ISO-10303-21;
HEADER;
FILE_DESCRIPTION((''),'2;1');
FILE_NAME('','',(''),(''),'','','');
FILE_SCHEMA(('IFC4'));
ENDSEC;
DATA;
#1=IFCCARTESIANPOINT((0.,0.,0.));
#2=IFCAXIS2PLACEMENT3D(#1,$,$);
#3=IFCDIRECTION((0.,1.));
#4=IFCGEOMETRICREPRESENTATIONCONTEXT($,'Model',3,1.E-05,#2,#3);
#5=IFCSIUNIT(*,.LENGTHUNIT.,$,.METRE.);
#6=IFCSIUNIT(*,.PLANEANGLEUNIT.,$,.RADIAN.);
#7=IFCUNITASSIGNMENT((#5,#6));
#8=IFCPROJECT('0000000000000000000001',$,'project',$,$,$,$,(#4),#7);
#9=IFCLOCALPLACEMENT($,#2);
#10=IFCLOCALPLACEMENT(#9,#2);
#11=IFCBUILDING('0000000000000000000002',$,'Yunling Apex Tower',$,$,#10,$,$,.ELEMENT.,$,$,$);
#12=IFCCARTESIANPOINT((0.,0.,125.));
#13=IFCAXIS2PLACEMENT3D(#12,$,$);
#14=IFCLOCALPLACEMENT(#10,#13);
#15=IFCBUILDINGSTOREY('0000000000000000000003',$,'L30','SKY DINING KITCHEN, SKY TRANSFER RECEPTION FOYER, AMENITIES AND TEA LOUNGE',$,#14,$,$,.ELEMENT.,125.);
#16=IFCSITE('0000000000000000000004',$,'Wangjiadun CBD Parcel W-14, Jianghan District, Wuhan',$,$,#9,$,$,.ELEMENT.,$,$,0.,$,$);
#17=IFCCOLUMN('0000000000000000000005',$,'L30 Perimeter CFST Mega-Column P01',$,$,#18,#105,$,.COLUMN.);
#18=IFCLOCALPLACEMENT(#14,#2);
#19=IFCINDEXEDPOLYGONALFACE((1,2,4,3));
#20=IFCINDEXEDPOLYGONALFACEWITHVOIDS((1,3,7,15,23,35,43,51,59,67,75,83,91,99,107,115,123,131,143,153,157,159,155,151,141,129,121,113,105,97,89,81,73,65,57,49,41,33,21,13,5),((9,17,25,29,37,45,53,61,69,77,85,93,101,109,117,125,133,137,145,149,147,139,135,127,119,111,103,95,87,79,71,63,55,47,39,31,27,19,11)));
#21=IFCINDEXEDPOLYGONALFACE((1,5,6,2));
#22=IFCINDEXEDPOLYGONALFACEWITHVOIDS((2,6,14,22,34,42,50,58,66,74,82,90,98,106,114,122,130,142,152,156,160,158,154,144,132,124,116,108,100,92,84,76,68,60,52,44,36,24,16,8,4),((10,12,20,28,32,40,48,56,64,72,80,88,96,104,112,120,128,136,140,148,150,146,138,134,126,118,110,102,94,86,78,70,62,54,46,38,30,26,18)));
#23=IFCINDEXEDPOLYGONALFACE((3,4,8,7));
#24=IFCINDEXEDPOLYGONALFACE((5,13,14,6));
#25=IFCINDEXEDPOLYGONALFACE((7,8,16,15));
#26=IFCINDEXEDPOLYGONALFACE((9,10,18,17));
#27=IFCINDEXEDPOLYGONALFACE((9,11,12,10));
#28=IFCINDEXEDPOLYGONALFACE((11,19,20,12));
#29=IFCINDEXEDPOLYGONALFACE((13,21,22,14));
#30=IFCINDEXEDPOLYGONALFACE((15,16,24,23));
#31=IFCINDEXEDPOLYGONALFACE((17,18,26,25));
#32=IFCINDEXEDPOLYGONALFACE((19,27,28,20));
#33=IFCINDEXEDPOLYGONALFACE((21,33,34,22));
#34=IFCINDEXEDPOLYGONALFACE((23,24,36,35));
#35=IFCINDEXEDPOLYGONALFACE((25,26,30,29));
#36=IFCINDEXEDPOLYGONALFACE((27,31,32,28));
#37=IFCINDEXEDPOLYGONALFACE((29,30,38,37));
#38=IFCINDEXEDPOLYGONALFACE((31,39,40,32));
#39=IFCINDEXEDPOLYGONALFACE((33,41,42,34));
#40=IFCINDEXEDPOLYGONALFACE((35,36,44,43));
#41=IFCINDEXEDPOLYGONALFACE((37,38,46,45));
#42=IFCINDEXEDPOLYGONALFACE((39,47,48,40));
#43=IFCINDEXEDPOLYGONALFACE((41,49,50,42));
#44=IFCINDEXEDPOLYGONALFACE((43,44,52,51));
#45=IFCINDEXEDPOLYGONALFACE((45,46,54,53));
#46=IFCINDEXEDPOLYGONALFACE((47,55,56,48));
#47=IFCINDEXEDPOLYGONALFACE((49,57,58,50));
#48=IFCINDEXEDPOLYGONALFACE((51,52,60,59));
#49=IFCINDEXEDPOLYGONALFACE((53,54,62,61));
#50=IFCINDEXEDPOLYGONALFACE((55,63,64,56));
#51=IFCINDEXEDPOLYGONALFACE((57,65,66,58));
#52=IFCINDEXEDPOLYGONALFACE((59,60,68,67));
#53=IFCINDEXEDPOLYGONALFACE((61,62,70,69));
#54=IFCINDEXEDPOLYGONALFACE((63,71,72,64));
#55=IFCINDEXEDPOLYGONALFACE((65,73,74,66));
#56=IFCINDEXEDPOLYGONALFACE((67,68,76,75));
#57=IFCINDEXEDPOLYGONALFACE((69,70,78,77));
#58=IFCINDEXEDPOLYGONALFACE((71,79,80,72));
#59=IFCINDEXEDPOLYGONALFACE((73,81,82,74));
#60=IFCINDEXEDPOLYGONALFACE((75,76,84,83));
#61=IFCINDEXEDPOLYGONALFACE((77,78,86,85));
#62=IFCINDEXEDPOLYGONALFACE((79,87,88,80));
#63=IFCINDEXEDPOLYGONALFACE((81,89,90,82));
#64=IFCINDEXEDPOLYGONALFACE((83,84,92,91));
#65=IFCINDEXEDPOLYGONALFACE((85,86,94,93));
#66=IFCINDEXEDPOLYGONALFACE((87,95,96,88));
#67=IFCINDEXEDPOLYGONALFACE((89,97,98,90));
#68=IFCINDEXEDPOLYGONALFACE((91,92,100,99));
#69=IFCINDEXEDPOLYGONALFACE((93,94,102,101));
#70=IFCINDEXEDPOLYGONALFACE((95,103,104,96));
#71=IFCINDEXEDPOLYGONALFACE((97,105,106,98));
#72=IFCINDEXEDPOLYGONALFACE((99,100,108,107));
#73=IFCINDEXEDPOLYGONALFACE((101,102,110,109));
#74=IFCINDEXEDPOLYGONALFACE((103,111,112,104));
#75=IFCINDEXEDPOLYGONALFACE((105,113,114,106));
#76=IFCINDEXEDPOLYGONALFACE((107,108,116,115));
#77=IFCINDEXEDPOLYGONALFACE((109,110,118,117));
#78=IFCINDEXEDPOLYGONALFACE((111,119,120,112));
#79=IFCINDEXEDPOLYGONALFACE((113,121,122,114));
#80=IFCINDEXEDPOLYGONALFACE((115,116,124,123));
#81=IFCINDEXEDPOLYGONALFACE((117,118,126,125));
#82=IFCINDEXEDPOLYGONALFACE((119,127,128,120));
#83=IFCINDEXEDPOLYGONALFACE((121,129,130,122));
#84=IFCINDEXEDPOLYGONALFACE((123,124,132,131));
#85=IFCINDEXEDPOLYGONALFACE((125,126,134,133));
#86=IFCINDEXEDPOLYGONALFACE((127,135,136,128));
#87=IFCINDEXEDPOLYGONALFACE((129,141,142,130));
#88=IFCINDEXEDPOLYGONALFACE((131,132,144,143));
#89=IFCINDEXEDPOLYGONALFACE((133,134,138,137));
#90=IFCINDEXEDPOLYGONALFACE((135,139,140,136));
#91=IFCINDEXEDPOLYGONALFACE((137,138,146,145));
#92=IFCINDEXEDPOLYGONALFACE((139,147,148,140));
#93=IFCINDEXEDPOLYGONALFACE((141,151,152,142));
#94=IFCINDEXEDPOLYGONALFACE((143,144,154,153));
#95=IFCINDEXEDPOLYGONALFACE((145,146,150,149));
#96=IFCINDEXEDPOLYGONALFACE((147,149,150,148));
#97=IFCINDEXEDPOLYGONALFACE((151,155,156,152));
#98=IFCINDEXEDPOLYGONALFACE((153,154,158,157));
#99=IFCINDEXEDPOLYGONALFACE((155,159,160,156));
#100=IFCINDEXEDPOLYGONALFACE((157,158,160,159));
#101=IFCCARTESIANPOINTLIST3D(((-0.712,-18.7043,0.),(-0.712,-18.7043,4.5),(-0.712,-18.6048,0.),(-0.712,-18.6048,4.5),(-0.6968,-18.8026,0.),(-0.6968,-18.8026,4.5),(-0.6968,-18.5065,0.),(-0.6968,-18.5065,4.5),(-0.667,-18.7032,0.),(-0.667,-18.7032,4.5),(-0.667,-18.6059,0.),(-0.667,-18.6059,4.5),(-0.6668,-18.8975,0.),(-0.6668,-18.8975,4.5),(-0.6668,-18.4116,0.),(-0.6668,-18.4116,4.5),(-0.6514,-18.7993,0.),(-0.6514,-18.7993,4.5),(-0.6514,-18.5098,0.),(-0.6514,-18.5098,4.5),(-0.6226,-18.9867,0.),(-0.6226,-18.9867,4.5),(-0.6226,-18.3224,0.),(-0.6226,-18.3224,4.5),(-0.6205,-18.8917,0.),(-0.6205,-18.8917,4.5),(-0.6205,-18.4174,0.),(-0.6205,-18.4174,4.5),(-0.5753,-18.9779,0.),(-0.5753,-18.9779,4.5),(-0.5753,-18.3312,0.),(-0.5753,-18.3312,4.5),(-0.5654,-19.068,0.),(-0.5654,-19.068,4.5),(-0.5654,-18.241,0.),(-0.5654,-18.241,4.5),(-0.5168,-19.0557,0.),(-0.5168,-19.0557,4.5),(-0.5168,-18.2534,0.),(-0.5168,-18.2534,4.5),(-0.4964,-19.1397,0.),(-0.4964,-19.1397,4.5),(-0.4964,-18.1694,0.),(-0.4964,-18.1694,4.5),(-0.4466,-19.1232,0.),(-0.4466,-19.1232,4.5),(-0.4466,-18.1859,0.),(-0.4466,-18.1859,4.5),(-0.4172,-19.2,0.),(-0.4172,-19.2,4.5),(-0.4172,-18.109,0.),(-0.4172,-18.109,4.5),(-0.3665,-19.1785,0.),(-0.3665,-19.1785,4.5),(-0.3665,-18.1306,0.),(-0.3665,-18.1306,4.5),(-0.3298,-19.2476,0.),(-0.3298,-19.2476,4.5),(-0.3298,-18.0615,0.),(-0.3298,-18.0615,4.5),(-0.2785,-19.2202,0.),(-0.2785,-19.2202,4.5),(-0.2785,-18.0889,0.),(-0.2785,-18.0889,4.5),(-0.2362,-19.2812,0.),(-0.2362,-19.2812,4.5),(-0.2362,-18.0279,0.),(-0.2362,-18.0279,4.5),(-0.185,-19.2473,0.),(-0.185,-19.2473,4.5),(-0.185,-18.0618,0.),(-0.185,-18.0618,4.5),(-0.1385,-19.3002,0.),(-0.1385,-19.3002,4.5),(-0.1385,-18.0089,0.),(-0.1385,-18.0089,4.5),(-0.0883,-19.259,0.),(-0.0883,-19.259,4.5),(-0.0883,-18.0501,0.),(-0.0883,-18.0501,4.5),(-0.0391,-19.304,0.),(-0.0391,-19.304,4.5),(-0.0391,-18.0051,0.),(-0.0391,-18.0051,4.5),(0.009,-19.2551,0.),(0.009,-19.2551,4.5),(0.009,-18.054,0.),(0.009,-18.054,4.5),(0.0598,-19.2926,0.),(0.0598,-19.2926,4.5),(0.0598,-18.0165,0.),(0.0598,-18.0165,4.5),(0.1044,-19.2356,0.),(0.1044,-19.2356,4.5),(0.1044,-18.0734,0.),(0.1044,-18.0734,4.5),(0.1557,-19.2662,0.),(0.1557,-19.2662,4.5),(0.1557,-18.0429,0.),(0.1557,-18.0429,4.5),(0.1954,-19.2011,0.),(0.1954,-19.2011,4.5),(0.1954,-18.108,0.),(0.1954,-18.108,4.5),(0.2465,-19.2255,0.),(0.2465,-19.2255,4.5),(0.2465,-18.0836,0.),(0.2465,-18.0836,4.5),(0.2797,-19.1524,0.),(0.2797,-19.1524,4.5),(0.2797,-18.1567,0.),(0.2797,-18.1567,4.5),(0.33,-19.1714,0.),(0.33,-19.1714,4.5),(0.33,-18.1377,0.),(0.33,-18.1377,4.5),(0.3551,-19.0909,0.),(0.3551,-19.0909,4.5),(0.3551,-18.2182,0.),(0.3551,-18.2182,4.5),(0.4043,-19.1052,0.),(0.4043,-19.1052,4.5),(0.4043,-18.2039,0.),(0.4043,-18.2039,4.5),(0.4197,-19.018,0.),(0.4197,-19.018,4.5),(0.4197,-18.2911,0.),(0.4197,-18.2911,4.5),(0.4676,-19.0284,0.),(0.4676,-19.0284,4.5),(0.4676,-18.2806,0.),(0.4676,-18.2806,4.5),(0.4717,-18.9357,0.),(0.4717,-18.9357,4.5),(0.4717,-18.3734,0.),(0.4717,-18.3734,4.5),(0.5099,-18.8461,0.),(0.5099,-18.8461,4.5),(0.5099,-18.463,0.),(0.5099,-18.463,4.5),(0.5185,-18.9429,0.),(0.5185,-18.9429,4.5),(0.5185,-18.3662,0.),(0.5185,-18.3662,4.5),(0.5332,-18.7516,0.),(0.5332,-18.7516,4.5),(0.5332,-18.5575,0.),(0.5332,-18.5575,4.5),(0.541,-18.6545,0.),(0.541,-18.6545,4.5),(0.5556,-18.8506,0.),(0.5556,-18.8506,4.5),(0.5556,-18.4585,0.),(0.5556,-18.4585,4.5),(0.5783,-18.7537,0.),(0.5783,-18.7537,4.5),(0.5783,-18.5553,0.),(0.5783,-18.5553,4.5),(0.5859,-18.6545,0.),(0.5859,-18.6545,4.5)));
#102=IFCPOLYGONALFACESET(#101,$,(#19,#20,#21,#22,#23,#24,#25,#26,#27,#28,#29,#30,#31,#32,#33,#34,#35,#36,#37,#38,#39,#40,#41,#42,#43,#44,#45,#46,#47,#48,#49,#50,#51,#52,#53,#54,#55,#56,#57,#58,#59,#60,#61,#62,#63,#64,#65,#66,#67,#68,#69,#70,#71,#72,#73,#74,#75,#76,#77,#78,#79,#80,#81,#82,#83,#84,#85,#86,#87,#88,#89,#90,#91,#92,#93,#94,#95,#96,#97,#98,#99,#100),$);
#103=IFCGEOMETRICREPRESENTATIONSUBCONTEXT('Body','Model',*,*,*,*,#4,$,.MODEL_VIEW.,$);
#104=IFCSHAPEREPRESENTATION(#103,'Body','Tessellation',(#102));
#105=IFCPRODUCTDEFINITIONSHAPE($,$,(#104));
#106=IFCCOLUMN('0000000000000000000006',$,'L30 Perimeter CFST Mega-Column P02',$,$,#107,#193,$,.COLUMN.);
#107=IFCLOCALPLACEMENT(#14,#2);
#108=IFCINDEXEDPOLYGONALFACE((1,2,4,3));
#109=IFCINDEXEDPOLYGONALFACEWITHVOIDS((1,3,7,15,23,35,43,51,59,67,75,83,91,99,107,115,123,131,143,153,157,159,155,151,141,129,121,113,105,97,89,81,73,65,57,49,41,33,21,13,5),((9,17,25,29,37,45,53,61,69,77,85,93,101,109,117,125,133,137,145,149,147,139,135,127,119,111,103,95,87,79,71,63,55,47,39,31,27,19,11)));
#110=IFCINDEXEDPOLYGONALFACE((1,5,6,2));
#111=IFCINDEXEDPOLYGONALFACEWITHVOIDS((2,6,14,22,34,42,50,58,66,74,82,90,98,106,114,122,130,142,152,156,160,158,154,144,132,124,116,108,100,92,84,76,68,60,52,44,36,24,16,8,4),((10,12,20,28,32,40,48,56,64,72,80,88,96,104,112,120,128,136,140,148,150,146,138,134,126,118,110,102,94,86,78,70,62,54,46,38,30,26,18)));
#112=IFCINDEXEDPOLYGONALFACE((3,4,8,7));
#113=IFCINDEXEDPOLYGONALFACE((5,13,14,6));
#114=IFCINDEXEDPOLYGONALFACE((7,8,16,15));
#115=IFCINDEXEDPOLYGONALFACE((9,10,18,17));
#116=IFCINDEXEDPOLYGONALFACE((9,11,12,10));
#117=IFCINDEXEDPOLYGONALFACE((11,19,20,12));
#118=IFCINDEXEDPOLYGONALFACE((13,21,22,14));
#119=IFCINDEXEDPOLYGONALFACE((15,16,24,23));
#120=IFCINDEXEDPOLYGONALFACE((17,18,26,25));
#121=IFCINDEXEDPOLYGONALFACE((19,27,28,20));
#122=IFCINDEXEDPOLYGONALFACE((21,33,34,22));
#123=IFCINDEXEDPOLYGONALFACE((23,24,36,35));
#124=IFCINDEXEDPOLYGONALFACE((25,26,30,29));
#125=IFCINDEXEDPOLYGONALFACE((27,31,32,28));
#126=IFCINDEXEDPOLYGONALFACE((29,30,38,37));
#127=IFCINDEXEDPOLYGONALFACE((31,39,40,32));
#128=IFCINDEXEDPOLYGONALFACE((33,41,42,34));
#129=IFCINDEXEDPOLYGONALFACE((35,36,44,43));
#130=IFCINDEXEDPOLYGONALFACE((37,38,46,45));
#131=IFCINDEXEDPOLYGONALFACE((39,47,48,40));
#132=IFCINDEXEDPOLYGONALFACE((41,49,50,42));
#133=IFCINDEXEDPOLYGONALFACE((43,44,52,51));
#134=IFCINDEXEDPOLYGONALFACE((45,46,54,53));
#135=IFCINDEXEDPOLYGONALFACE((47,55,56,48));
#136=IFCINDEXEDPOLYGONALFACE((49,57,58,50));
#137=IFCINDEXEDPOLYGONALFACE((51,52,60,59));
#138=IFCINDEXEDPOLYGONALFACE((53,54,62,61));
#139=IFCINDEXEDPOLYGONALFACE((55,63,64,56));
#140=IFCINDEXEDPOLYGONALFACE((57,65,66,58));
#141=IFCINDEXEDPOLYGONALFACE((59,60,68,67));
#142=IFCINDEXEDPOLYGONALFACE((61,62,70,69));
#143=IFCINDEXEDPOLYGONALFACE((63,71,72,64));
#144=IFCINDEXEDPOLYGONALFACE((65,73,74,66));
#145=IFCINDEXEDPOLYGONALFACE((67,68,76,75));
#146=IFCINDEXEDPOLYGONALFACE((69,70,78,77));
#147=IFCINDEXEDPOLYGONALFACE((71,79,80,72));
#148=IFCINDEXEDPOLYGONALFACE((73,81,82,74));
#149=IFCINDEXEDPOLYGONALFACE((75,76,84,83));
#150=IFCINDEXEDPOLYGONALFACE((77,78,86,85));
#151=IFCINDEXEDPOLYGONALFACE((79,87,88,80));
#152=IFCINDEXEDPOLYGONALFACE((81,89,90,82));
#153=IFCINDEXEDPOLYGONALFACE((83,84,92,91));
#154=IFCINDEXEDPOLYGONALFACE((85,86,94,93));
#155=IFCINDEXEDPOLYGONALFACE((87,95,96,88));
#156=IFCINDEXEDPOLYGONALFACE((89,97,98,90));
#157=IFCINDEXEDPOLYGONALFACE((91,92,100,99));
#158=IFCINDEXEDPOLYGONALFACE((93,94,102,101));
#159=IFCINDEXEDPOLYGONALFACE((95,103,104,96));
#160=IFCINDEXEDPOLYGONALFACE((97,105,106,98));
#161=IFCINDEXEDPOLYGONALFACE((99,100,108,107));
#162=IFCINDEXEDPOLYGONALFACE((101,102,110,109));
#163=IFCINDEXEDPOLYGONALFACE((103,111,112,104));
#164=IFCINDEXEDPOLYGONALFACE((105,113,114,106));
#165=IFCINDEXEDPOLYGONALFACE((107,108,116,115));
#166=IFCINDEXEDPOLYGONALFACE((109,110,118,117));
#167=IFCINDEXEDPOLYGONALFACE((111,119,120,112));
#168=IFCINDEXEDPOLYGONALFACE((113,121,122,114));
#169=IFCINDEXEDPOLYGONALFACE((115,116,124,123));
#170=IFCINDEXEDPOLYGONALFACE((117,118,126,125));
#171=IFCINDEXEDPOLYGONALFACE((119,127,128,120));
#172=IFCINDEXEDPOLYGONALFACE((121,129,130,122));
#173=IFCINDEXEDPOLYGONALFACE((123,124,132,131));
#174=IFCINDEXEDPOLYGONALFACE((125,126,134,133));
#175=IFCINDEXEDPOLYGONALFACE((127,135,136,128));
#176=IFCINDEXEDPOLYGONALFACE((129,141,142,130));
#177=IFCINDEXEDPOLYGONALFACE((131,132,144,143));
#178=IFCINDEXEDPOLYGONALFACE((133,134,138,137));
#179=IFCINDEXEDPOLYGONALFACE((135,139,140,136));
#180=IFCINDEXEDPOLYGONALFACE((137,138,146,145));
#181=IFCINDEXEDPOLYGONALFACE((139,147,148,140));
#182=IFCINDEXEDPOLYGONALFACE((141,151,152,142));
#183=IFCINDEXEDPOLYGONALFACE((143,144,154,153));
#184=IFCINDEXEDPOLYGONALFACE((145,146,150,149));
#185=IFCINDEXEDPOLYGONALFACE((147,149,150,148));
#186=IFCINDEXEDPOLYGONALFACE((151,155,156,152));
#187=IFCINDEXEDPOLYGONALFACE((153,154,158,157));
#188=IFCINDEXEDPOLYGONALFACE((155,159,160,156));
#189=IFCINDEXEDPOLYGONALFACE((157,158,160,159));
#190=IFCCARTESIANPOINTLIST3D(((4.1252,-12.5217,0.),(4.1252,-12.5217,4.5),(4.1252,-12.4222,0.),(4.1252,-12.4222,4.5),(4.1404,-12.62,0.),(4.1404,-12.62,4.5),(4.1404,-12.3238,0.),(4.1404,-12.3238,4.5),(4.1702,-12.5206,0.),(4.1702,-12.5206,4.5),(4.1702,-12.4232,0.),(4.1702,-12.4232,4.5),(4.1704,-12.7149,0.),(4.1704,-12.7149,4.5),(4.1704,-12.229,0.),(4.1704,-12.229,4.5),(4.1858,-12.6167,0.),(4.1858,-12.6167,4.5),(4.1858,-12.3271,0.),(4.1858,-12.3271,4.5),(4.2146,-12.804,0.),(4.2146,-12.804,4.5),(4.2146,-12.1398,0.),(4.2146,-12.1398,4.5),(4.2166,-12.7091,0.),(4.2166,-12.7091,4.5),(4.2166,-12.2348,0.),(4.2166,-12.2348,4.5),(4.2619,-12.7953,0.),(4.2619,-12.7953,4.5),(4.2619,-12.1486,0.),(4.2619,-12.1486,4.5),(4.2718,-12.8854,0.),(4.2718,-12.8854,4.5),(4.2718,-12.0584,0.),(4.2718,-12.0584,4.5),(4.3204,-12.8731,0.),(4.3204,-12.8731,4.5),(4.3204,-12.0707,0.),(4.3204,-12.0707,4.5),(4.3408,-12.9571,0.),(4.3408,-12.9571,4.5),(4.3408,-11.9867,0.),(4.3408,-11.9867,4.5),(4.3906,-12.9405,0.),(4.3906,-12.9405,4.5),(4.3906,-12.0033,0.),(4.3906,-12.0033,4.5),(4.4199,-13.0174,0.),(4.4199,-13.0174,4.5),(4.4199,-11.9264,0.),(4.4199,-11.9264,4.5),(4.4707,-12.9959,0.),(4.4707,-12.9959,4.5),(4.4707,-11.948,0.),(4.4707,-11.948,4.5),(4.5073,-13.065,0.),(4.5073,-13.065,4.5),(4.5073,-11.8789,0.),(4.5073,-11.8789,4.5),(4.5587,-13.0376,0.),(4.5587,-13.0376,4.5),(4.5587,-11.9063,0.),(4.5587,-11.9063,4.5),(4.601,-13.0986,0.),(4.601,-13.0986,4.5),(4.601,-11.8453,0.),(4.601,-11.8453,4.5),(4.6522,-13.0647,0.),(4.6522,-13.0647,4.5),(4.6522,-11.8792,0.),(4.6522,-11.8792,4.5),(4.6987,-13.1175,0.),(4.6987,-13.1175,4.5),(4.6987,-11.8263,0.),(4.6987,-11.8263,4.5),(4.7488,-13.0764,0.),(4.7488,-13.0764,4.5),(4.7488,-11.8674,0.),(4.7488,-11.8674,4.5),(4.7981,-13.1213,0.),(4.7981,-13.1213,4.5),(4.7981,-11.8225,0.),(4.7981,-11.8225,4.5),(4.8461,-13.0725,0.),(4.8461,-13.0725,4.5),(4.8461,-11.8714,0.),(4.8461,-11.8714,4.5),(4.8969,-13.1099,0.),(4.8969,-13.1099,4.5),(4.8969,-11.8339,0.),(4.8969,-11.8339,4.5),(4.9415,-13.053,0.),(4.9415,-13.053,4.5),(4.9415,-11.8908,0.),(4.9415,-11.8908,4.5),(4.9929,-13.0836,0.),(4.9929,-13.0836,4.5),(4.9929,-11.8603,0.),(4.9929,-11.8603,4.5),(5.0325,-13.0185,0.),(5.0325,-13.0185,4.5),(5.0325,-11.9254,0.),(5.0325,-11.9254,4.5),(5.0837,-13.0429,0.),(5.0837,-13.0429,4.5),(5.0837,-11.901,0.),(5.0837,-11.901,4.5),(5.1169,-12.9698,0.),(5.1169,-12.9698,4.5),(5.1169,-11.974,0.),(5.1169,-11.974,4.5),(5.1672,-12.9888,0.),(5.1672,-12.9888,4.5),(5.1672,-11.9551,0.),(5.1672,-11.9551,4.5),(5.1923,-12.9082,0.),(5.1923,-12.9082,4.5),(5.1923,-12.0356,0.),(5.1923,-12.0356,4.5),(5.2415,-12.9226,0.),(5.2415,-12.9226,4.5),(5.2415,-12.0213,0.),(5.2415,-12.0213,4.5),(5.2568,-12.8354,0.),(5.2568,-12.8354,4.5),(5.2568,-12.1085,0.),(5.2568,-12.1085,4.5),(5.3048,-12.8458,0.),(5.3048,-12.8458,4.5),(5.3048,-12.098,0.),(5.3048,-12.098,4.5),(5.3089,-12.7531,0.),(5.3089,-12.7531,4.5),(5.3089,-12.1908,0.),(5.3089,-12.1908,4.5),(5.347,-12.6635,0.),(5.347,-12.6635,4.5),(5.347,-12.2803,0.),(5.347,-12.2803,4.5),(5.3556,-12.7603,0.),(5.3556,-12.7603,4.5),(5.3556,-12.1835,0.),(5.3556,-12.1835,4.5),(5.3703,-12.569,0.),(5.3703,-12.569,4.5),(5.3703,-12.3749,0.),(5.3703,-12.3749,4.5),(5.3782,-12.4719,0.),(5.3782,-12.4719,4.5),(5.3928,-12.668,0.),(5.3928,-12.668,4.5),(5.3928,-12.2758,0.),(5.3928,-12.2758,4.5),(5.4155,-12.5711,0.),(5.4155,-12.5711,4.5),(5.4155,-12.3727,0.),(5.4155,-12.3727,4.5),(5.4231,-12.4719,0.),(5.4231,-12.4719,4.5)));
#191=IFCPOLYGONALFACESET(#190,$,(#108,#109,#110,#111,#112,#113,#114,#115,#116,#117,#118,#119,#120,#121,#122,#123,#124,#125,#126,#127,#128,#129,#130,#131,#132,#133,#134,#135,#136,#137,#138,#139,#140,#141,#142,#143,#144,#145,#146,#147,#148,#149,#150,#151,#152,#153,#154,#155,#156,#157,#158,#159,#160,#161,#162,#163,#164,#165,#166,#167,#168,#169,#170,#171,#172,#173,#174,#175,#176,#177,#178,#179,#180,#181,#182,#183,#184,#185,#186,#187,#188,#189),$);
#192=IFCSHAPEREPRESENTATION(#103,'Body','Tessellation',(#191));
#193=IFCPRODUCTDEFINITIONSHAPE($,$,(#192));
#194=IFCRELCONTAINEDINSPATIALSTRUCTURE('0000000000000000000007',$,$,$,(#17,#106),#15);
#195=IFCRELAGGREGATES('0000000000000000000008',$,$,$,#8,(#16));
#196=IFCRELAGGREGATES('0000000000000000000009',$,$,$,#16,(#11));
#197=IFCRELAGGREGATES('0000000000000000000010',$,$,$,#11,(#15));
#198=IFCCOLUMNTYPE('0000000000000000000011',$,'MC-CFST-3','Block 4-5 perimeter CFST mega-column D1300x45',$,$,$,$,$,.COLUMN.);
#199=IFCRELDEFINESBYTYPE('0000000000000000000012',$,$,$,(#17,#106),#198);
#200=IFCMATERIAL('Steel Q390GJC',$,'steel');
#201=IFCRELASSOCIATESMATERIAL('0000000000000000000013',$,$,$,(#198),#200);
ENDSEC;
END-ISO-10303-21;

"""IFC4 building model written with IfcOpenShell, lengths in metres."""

from ifc_helpers import new_model, si_unit, direction, frame, origin, origin_2d, place, context, subcontext, project, spatial, hollow_circle, extrude, source, transform, mapped, material, material_profile, profile_set, type_object, element, save


model = new_model("IFC4")

# Units and contexts
model_context = context("Model", 3, precision=1e-05, world=origin(), true_north=direction((0.0, 1.0)))
body_context = subcontext(model_context, "Body", "Model", "MODEL_VIEW")
ifc_project = project(units=[si_unit("LENGTHUNIT", "METRE"), si_unit("PLANEANGLEUNIT", "RADIAN")], contexts=[model_context])

# Site, building, storey
site_placement = place(None, origin())
site = spatial("IfcSite", under=ifc_project, at=site_placement, Name="Wangjiadun CBD Parcel W-14, Jianghan District, Wuhan", CompositionType="ELEMENT", RefElevation=0.0)
building_placement = place(site_placement, origin())
building = spatial("IfcBuilding", under=site, at=building_placement, Name="Yunling Apex Tower", CompositionType="ELEMENT")
storey_placement = place(building_placement, frame((0.0, 0.0, 125.0)))
storey = spatial("IfcBuildingStorey", under=building, at=storey_placement, Name="L30", Description="SKY DINING KITCHEN, SKY TRANSFER RECEPTION FOYER, AMENITIES AND TEA LOUNGE", CompositionType="ELEMENT", Elevation=125.0)

# Columns
ifc_material_1 = material(Name="Steel Q390GJC", Category="steel")
ifc_material_profile_1 = material_profile(ifc_material_1, hollow_circle(Radius=0.6499, WallThickness=0.0449, at=origin_2d()))
ifc_profile_set_1 = profile_set([ifc_material_profile_1], Name="Steel Q390GJC")
column_type = type_object("IfcColumnType", Name="MC-CFST-3", Description="Block 4-5 perimeter CFST mega-column D1300x45", PredefinedType="COLUMN", material=ifc_profile_set_1)
shared_shape_1 = source(origin(), body_context, "Body", "SweptSolid", [
    extrude(hollow_circle(Radius=0.6499, WallThickness=0.0449, at=origin_2d()), origin(), (0.0, 0.0, 1.0), 4.5),
])
for number, where, z_axis, x_axis, name in (
    (1, (-0.064, -18.6545, 0.0), (0.0, 0.0, 1.0), (1.0, 0.0, 0.0), "L30 Perimeter CFST Mega-Column P01"),
    (2, (4.7732, -12.4719, 0.0), (0.0, 0.0, 1.0), (1.0, 0.0, 0.0), "L30 Perimeter CFST Mega-Column P02"),
):
    element("IfcColumn", number, at=place(storey_placement, frame(where, z_axis=z_axis, x_axis=x_axis)), inside=storey, type_object=column_type, Name=name, PredefinedType="COLUMN", context=body_context, shape_type="MappedRepresentation", body=[
        mapped(shared_shape_1, transform((0.0, 0.0, 0.0), scale=1.0)),
    ])

save(model, "model.ifc")
